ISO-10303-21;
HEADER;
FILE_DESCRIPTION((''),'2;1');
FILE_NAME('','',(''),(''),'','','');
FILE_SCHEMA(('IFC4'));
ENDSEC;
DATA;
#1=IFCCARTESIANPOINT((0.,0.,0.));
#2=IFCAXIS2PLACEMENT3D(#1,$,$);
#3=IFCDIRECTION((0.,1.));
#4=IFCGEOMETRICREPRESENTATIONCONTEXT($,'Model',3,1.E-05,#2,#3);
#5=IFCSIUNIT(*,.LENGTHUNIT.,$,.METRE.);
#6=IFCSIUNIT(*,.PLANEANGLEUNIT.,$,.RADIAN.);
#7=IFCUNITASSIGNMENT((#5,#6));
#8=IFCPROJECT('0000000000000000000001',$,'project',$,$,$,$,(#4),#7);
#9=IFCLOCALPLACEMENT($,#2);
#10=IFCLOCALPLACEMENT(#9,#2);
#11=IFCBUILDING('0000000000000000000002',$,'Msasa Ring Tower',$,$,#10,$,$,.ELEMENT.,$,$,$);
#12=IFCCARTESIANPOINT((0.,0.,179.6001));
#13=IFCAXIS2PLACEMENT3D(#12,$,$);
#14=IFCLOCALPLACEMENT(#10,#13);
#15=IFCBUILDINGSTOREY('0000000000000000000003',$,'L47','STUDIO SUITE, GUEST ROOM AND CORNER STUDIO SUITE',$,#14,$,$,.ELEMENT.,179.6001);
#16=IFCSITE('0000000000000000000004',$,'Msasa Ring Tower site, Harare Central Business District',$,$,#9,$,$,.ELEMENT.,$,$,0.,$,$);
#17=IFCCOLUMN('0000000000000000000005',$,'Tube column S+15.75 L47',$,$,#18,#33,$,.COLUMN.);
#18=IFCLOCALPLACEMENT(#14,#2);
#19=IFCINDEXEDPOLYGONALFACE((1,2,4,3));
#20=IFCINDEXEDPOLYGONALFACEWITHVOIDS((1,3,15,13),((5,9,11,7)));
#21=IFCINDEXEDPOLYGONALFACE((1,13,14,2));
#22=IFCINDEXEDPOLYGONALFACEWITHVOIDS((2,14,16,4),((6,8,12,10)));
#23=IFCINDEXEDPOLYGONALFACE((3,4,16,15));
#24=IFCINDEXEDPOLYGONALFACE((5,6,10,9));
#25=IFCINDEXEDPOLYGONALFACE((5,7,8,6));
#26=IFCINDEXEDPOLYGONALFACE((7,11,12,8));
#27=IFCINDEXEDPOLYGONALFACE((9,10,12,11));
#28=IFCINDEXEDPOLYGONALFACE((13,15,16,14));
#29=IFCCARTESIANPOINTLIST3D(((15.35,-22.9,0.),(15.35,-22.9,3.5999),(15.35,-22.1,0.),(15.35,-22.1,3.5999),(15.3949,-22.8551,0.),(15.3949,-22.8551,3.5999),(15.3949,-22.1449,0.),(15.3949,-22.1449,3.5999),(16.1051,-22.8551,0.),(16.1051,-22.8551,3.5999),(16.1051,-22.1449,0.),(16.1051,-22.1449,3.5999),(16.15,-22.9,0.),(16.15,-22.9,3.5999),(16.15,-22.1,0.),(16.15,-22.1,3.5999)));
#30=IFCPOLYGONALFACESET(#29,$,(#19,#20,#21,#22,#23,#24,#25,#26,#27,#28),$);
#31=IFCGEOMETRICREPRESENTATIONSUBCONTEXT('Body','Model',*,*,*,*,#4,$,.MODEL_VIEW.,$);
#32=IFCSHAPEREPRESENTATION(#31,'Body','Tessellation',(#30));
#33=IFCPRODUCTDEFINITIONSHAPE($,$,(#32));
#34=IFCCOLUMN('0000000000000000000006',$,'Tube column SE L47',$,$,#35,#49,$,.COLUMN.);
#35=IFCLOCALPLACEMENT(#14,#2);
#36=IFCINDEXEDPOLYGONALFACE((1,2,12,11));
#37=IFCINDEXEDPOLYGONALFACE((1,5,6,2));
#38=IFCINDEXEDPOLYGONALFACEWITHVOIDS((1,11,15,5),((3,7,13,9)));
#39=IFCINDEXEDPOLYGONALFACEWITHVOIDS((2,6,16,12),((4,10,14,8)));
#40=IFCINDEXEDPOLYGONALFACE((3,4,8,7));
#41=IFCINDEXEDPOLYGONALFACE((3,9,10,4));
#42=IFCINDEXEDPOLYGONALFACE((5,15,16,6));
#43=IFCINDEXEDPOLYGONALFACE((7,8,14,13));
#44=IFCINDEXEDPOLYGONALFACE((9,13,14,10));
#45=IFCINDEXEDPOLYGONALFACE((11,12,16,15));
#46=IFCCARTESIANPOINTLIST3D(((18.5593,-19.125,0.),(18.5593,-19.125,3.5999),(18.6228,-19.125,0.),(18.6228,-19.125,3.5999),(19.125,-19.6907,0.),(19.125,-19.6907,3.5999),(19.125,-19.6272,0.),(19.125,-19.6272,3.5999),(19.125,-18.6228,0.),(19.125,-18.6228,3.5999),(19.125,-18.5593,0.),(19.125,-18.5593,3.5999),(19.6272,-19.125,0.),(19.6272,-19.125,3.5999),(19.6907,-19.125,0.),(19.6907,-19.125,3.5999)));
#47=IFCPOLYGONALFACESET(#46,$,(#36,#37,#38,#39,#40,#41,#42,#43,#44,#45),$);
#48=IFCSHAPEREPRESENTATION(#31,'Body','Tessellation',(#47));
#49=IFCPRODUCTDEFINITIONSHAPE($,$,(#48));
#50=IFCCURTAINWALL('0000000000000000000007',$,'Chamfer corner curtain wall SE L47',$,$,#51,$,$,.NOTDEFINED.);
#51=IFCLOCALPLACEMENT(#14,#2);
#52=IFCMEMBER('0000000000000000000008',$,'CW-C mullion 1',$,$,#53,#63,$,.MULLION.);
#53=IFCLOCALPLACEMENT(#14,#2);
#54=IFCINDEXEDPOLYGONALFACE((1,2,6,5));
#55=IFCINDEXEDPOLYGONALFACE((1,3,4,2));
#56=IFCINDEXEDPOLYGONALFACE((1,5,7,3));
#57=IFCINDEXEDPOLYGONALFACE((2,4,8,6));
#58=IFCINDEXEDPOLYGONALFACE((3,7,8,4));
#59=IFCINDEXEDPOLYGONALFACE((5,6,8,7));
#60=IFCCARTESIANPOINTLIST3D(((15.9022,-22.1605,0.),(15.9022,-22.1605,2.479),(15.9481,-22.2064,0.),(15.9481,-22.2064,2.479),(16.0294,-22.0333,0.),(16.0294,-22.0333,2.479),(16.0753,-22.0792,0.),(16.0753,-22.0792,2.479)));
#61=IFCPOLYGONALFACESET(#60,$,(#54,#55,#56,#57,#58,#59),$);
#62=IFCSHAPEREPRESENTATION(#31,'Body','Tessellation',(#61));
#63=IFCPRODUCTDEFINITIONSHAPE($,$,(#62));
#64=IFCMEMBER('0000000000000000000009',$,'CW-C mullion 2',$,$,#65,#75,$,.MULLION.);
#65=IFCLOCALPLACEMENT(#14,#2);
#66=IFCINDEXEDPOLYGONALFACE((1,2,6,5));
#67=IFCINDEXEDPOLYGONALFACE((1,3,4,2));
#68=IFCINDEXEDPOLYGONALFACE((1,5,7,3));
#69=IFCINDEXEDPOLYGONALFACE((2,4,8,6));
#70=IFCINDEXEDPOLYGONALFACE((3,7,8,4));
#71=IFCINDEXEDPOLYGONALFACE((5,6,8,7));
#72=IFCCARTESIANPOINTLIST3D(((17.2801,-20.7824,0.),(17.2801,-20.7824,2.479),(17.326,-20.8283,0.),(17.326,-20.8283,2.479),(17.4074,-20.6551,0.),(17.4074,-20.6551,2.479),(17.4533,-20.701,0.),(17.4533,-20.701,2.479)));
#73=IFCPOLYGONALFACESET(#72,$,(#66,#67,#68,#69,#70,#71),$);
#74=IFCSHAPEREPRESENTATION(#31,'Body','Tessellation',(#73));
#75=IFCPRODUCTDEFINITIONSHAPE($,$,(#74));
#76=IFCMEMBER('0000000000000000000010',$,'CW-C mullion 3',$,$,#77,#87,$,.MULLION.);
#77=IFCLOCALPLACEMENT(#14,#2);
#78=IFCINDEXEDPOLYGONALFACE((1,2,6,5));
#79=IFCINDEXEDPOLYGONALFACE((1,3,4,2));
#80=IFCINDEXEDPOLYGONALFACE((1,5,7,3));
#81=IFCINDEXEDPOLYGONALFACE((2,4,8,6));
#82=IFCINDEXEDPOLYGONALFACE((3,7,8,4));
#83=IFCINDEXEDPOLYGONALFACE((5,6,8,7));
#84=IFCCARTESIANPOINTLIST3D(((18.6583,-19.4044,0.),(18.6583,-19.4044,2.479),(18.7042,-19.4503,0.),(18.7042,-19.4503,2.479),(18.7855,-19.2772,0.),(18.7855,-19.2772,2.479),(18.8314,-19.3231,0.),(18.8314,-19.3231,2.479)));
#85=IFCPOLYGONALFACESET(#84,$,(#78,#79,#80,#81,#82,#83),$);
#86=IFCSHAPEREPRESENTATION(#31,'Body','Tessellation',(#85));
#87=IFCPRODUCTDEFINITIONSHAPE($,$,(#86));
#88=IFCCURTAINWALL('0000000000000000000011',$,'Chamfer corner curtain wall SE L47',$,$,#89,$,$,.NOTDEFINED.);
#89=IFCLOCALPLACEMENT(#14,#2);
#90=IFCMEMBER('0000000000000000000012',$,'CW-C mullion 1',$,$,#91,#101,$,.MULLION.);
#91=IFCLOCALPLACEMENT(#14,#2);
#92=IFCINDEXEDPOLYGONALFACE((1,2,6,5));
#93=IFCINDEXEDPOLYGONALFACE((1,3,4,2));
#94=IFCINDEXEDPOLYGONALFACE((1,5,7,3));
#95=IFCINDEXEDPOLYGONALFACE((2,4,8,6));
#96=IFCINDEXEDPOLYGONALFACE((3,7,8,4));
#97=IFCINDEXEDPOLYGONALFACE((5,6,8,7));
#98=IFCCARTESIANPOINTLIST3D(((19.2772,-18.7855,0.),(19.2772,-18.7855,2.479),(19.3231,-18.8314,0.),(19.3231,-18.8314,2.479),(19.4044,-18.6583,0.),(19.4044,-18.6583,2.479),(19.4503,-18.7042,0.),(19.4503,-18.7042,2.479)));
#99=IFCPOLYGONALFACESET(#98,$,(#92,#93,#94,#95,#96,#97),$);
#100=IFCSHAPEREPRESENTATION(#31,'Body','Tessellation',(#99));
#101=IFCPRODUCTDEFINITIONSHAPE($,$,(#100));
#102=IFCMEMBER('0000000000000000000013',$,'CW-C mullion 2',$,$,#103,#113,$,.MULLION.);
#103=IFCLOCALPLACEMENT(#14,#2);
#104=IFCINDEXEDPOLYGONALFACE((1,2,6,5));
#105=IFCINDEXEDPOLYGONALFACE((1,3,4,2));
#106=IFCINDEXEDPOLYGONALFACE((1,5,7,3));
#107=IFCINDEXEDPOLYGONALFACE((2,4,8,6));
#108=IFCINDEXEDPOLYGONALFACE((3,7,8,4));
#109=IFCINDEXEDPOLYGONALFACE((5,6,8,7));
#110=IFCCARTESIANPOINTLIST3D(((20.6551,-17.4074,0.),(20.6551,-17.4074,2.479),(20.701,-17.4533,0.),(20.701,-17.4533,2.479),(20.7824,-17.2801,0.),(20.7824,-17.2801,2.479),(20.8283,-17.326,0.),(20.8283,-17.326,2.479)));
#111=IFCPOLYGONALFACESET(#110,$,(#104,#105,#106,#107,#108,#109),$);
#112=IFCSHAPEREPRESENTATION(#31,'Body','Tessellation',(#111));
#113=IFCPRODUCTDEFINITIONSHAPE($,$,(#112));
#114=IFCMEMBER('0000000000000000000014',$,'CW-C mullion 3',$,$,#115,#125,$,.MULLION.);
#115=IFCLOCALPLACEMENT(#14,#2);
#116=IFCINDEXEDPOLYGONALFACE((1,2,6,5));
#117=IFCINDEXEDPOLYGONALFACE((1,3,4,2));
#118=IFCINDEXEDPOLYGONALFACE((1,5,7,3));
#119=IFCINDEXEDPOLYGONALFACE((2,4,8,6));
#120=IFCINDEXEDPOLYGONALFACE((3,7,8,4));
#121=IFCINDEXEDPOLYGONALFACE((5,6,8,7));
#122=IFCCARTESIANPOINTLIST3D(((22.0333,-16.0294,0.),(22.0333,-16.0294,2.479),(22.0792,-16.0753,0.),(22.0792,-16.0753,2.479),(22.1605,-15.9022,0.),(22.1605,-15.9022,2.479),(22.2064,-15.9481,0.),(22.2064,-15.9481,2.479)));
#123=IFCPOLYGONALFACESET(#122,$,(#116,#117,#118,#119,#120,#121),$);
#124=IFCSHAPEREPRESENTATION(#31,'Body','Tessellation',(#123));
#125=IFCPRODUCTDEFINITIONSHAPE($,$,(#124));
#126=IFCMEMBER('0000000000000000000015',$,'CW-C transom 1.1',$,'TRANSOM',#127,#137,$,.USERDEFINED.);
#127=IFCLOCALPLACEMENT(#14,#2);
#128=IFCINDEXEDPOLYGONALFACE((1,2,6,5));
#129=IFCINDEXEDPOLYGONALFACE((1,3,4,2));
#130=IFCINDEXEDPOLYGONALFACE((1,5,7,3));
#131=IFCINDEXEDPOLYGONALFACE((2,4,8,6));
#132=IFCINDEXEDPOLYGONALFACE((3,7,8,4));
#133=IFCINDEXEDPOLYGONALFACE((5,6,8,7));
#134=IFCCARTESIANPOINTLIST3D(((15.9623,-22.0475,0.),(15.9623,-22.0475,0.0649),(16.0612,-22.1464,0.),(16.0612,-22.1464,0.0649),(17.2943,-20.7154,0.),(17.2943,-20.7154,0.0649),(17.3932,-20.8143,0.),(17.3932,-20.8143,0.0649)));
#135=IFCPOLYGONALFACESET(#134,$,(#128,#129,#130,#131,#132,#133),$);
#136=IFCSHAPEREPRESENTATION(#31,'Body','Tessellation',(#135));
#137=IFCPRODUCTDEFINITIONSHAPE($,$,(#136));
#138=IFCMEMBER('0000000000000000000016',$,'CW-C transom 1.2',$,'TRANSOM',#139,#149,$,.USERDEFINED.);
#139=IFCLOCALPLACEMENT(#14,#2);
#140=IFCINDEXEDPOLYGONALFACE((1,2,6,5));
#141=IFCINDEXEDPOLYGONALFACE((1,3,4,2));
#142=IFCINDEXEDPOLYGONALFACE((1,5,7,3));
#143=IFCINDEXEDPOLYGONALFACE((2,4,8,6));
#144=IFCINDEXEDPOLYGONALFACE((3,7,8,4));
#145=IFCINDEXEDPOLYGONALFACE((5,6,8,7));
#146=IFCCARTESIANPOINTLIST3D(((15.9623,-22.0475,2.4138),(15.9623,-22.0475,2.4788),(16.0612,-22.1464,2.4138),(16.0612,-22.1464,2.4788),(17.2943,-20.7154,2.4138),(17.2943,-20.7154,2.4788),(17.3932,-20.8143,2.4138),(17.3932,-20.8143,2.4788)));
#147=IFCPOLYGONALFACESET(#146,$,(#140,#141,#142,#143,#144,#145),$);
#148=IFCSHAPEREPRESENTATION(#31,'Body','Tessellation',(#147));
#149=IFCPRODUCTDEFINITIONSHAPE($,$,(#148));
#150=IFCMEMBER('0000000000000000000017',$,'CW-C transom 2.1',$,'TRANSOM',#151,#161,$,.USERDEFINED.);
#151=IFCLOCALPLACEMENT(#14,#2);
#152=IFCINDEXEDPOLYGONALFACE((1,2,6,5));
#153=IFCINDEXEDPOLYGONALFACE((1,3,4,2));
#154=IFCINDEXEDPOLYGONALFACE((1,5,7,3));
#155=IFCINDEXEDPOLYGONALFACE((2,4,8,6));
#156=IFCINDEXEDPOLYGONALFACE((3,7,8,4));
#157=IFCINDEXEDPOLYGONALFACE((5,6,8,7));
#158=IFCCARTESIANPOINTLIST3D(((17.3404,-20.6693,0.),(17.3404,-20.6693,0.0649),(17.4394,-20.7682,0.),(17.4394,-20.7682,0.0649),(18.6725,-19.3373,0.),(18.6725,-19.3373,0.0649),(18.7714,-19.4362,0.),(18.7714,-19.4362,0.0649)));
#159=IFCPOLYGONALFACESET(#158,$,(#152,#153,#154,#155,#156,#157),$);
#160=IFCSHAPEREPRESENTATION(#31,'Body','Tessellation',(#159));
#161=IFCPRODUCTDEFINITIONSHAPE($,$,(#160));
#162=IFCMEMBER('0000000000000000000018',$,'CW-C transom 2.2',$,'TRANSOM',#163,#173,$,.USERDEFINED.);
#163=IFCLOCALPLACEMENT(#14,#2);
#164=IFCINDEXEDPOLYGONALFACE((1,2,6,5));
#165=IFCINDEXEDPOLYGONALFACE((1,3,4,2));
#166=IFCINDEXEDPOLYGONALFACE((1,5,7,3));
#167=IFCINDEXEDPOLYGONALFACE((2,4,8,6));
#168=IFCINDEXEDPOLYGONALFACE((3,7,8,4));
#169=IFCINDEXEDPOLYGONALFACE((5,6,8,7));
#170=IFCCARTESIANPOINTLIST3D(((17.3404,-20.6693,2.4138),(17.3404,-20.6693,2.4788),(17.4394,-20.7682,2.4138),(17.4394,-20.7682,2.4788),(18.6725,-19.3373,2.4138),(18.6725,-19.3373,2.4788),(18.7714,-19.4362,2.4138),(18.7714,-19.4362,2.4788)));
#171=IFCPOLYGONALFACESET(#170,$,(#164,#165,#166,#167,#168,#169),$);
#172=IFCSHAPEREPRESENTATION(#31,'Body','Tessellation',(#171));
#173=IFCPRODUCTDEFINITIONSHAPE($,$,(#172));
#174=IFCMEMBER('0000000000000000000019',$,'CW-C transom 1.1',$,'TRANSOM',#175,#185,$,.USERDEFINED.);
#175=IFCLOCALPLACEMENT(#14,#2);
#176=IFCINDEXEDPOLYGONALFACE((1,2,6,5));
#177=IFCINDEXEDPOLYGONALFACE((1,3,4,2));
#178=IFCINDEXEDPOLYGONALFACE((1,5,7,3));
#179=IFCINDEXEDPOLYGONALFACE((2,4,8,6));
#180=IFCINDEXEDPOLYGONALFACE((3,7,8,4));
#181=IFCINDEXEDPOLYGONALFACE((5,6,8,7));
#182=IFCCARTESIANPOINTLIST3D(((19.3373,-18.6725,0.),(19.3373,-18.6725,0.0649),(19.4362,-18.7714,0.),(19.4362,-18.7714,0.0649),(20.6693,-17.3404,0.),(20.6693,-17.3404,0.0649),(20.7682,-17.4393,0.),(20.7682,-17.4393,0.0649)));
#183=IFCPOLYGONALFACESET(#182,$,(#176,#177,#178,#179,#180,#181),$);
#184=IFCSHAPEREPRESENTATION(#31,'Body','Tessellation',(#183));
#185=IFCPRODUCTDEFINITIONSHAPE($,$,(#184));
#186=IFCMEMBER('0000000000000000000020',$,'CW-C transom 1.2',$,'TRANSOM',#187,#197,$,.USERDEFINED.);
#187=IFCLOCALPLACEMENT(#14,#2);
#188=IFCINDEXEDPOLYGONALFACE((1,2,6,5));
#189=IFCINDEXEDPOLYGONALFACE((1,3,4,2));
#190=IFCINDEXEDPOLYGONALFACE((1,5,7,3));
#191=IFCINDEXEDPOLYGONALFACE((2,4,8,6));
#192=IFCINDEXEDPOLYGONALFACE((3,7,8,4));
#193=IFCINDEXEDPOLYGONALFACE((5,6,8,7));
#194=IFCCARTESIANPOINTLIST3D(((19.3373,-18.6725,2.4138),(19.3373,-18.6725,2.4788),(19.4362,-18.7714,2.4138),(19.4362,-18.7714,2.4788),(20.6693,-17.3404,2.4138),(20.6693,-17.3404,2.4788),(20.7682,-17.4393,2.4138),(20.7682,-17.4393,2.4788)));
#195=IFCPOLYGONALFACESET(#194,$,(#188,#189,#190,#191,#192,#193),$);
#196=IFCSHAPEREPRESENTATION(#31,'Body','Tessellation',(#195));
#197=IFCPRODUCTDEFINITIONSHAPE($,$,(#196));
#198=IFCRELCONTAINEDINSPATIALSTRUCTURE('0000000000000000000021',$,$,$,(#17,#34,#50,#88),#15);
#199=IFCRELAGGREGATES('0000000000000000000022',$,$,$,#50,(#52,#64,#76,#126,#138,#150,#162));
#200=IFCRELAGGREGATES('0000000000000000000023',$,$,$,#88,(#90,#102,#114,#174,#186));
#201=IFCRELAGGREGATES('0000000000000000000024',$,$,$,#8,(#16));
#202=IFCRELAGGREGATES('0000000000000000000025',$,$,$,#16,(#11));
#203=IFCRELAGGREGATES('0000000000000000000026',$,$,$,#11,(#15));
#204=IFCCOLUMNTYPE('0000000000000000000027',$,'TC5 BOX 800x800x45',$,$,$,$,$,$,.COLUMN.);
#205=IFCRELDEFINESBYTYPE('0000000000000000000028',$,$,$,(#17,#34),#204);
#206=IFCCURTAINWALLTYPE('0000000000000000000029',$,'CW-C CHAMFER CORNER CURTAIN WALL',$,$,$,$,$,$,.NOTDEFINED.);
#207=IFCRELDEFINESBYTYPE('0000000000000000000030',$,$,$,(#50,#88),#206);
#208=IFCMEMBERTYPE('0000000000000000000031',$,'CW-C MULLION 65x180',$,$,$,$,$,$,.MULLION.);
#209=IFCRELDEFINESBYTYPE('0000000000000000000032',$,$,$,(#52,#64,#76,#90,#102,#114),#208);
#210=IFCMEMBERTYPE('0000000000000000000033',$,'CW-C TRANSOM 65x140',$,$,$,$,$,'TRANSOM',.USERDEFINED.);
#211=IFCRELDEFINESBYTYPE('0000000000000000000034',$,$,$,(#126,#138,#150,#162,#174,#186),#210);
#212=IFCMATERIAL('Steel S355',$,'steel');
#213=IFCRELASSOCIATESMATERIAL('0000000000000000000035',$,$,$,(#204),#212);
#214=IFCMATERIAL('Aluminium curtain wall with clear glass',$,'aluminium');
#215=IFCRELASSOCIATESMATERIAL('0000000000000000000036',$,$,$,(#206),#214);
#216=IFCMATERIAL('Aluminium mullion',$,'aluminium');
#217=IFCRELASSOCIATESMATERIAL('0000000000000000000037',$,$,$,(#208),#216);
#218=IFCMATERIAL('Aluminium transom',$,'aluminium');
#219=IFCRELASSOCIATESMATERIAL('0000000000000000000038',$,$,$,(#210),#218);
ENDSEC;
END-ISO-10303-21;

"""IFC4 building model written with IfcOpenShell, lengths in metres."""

from ifc_helpers import new_model, si_unit, direction, frame, origin, origin_2d, place, context, subcontext, project, spatial, rectangle, hollow_rectangle, extrude, material, material_profile, profile_set, type_object, element, aggregate, save


model = new_model("IFC4")

# Units and contexts
model_context = context("Model", 3, precision=1e-05, world=origin(), true_north=direction((0.0, 1.0)))
body_context = subcontext(model_context, "Body", "Model", "MODEL_VIEW")
ifc_project = project(units=[si_unit("LENGTHUNIT", "METRE"), si_unit("PLANEANGLEUNIT", "RADIAN")], contexts=[model_context])

# Site, building, storey
site_placement = place(None, origin())
site = spatial("IfcSite", under=ifc_project, at=site_placement, Name="Msasa Ring Tower site, Harare Central Business District", CompositionType="ELEMENT", RefElevation=0.0)
building_placement = place(site_placement, origin())
building = spatial("IfcBuilding", under=site, at=building_placement, Name="Msasa Ring Tower", CompositionType="ELEMENT")
storey_placement = place(building_placement, frame((0.0, 0.0, 179.6001)))
storey = spatial("IfcBuildingStorey", under=building, at=storey_placement, Name="L47", Description="STUDIO SUITE, GUEST ROOM AND CORNER STUDIO SUITE", CompositionType="ELEMENT", Elevation=179.6001)

# Columns
ifc_material_1 = material(Name="Steel S355", Category="steel")
ifc_material_profile_1 = material_profile(ifc_material_1, hollow_rectangle(XDim=0.8, YDim=0.8, WallThickness=0.0449, at=origin_2d()), Name="BOX 800x800x45")
ifc_profile_set_1 = profile_set([ifc_material_profile_1], Name="Steel S355")
column_type = type_object("IfcColumnType", Name="TC5 BOX 800x800x45", PredefinedType="COLUMN", material=ifc_profile_set_1)
for number, where, z_axis, x_axis, name in (
    (1, (15.75, -22.5, 0.0), (0.0, 0.0, 1.0), (0.0, 1.0, 0.0), "Tube column S+15.75 L47"),
    (2, (19.125, -19.125, 0.0), (0.0, 0.0, 1.0), (0.707107, -0.707107, 0.0), "Tube column SE L47"),
):
    element("IfcColumn", number, at=place(storey_placement, frame(where, z_axis=z_axis, x_axis=x_axis)), inside=storey, type_object=column_type, Name=name, PredefinedType="COLUMN", context=body_context, shape_type="SweptSolid", body=[
        extrude(hollow_rectangle(XDim=0.8, YDim=0.8, WallThickness=0.0449, at=origin_2d()), origin(), (0.0, 0.0, 1.0), 3.5999),
    ])

# Curtain walls, members
ifc_material_2 = material(Name="Aluminium curtain wall with clear glass", Category="aluminium")
curtain_wall_type = type_object("IfcCurtainWallType", Name="CW-C CHAMFER CORNER CURTAIN WALL", PredefinedType="NOTDEFINED", material=ifc_material_2)
curtain_wall_1_placement = place(storey_placement, origin())
curtain_wall_1 = element("IfcCurtainWall", 3, at=curtain_wall_1_placement, inside=storey, type_object=curtain_wall_type, Name="Chamfer corner curtain wall SE L47", PredefinedType="NOTDEFINED")
ifc_material_3 = material(Name="Aluminium mullion", Category="aluminium")
ifc_material_profile_2 = material_profile(ifc_material_3, rectangle(XDim=0.0649, YDim=0.1799, at=origin_2d()), Name="AL 65x180")
ifc_profile_set_2 = profile_set([ifc_material_profile_2], Name="Aluminium mullion")
member_type_1 = type_object("IfcMemberType", Name="CW-C MULLION 65x180", PredefinedType="MULLION", material=ifc_profile_set_2)
member_1_placement = place(storey_placement, frame((15.9888, -22.1199, 0.0), z_axis=(0.0, 0.0, 1.0), x_axis=(-0.707107, 0.707107, 0.0)))
member_1 = element("IfcMember", 4, at=member_1_placement, type_object=member_type_1, Name="CW-C mullion 1", PredefinedType="MULLION", context=body_context, shape_type="SweptSolid", body=[
    extrude(rectangle(XDim=0.0649, YDim=0.1799, at=origin_2d()), origin(), (0.0, 0.0, 1.0), 2.479),
])
member_2_placement = place(storey_placement, frame((17.3667, -20.7417, 0.0), z_axis=(0.0, 0.0, 1.0), x_axis=(-0.707107, 0.707107, 0.0)))
member_2 = element("IfcMember", 5, at=member_2_placement, type_object=member_type_1, Name="CW-C mullion 2", PredefinedType="MULLION", context=body_context, shape_type="SweptSolid", body=[
    extrude(rectangle(XDim=0.0649, YDim=0.1799, at=origin_2d()), origin(), (0.0, 0.0, 1.0), 2.479),
])
member_3_placement = place(storey_placement, frame((18.7449, -19.3638, 0.0), z_axis=(0.0, 0.0, 1.0), x_axis=(-0.707107, 0.707107, 0.0)))
member_3 = element("IfcMember", 6, at=member_3_placement, type_object=member_type_1, Name="CW-C mullion 3", PredefinedType="MULLION", context=body_context, shape_type="SweptSolid", body=[
    extrude(rectangle(XDim=0.0649, YDim=0.1799, at=origin_2d()), origin(), (0.0, 0.0, 1.0), 2.479),
])
curtain_wall_2_placement = place(storey_placement, origin())
curtain_wall_2 = element("IfcCurtainWall", 7, at=curtain_wall_2_placement, inside=storey, type_object=curtain_wall_type, Name="Chamfer corner curtain wall SE L47", PredefinedType="NOTDEFINED")
member_4_placement = place(storey_placement, frame((19.3638, -18.7449, 0.0), z_axis=(0.0, 0.0, 1.0), x_axis=(-0.707107, 0.707107, 0.0)))
member_4 = element("IfcMember", 8, at=member_4_placement, type_object=member_type_1, Name="CW-C mullion 1", PredefinedType="MULLION", context=body_context, shape_type="SweptSolid", body=[
    extrude(rectangle(XDim=0.0649, YDim=0.1799, at=origin_2d()), origin(), (0.0, 0.0, 1.0), 2.479),
])
member_5_placement = place(storey_placement, frame((20.7417, -17.3667, 0.0), z_axis=(0.0, 0.0, 1.0), x_axis=(-0.707107, 0.707107, 0.0)))
member_5 = element("IfcMember", 9, at=member_5_placement, type_object=member_type_1, Name="CW-C mullion 2", PredefinedType="MULLION", context=body_context, shape_type="SweptSolid", body=[
    extrude(rectangle(XDim=0.0649, YDim=0.1799, at=origin_2d()), origin(), (0.0, 0.0, 1.0), 2.479),
])
member_6_placement = place(storey_placement, frame((22.1199, -15.9888, 0.0), z_axis=(0.0, 0.0, 1.0), x_axis=(-0.707107, 0.707107, 0.0)))
member_6 = element("IfcMember", 10, at=member_6_placement, type_object=member_type_1, Name="CW-C mullion 3", PredefinedType="MULLION", context=body_context, shape_type="SweptSolid", body=[
    extrude(rectangle(XDim=0.0649, YDim=0.1799, at=origin_2d()), origin(), (0.0, 0.0, 1.0), 2.479),
])

# Members
ifc_material_4 = material(Name="Aluminium transom", Category="aluminium")
ifc_material_profile_3 = material_profile(ifc_material_4, rectangle(XDim=0.1399, YDim=0.0649, at=origin_2d()), Name="AL 65x140")
ifc_profile_set_3 = profile_set([ifc_material_profile_3], Name="Aluminium transom")
member_type_2 = type_object("IfcMemberType", Name="CW-C TRANSOM 65x140", ElementType="TRANSOM", PredefinedType="USERDEFINED", material=ifc_profile_set_3)
member_7_placement = place(storey_placement, frame((16.0117, -22.0969, 0.0325), z_axis=(0.707107, 0.707107, 0.0), x_axis=(-0.707107, 0.707107, 0.0)))
member_7 = element("IfcMember", 11, at=member_7_placement, type_object=member_type_2, Name="CW-C transom 1.1", ObjectType="TRANSOM", PredefinedType="USERDEFINED", context=body_context, shape_type="SweptSolid", body=[
    extrude(rectangle(XDim=0.1399, YDim=0.0649, at=origin_2d()), origin(), (0.0, 0.0, 1.0), 1.8838),
])
member_8_placement = place(storey_placement, frame((16.0117, -22.0969, 2.4463), z_axis=(0.707107, 0.707107, 0.0), x_axis=(-0.707107, 0.707107, 0.0)))
member_8 = element("IfcMember", 12, at=member_8_placement, type_object=member_type_2, Name="CW-C transom 1.2", ObjectType="TRANSOM", PredefinedType="USERDEFINED", context=body_context, shape_type="SweptSolid", body=[
    extrude(rectangle(XDim=0.1399, YDim=0.0649, at=origin_2d()), origin(), (0.0, 0.0, 1.0), 1.8838),
])
member_9_placement = place(storey_placement, frame((17.3899, -20.7188, 0.0325), z_axis=(0.707107, 0.707107, 0.0), x_axis=(-0.707107, 0.707107, 0.0)))
member_9 = element("IfcMember", 13, at=member_9_placement, type_object=member_type_2, Name="CW-C transom 2.1", ObjectType="TRANSOM", PredefinedType="USERDEFINED", context=body_context, shape_type="SweptSolid", body=[
    extrude(rectangle(XDim=0.1399, YDim=0.0649, at=origin_2d()), origin(), (0.0, 0.0, 1.0), 1.8838),
])
member_10_placement = place(storey_placement, frame((17.3899, -20.7188, 2.4463), z_axis=(0.707107, 0.707107, 0.0), x_axis=(-0.707107, 0.707107, 0.0)))
member_10 = element("IfcMember", 14, at=member_10_placement, type_object=member_type_2, Name="CW-C transom 2.2", ObjectType="TRANSOM", PredefinedType="USERDEFINED", context=body_context, shape_type="SweptSolid", body=[
    extrude(rectangle(XDim=0.1399, YDim=0.0649, at=origin_2d()), origin(), (0.0, 0.0, 1.0), 1.8838),
])
member_11_placement = place(storey_placement, frame((19.3867, -18.7219, 0.0325), z_axis=(0.707107, 0.707107, 0.0), x_axis=(-0.707107, 0.707107, 0.0)))
member_11 = element("IfcMember", 15, at=member_11_placement, type_object=member_type_2, Name="CW-C transom 1.1", ObjectType="TRANSOM", PredefinedType="USERDEFINED", context=body_context, shape_type="SweptSolid", body=[
    extrude(rectangle(XDim=0.1399, YDim=0.0649, at=origin_2d()), origin(), (0.0, 0.0, 1.0), 1.8838),
])
member_12_placement = place(storey_placement, frame((19.3867, -18.7219, 2.4463), z_axis=(0.707107, 0.707107, 0.0), x_axis=(-0.707107, 0.707107, 0.0)))
member_12 = element("IfcMember", 16, at=member_12_placement, type_object=member_type_2, Name="CW-C transom 1.2", ObjectType="TRANSOM", PredefinedType="USERDEFINED", context=body_context, shape_type="SweptSolid", body=[
    extrude(rectangle(XDim=0.1399, YDim=0.0649, at=origin_2d()), origin(), (0.0, 0.0, 1.0), 1.8838),
])

aggregate(curtain_wall_1, [member_1, member_2, member_3, member_7, member_8, member_9, member_10])
aggregate(curtain_wall_2, [member_4, member_5, member_6, member_11, member_12])

save(model, "model.ifc")
